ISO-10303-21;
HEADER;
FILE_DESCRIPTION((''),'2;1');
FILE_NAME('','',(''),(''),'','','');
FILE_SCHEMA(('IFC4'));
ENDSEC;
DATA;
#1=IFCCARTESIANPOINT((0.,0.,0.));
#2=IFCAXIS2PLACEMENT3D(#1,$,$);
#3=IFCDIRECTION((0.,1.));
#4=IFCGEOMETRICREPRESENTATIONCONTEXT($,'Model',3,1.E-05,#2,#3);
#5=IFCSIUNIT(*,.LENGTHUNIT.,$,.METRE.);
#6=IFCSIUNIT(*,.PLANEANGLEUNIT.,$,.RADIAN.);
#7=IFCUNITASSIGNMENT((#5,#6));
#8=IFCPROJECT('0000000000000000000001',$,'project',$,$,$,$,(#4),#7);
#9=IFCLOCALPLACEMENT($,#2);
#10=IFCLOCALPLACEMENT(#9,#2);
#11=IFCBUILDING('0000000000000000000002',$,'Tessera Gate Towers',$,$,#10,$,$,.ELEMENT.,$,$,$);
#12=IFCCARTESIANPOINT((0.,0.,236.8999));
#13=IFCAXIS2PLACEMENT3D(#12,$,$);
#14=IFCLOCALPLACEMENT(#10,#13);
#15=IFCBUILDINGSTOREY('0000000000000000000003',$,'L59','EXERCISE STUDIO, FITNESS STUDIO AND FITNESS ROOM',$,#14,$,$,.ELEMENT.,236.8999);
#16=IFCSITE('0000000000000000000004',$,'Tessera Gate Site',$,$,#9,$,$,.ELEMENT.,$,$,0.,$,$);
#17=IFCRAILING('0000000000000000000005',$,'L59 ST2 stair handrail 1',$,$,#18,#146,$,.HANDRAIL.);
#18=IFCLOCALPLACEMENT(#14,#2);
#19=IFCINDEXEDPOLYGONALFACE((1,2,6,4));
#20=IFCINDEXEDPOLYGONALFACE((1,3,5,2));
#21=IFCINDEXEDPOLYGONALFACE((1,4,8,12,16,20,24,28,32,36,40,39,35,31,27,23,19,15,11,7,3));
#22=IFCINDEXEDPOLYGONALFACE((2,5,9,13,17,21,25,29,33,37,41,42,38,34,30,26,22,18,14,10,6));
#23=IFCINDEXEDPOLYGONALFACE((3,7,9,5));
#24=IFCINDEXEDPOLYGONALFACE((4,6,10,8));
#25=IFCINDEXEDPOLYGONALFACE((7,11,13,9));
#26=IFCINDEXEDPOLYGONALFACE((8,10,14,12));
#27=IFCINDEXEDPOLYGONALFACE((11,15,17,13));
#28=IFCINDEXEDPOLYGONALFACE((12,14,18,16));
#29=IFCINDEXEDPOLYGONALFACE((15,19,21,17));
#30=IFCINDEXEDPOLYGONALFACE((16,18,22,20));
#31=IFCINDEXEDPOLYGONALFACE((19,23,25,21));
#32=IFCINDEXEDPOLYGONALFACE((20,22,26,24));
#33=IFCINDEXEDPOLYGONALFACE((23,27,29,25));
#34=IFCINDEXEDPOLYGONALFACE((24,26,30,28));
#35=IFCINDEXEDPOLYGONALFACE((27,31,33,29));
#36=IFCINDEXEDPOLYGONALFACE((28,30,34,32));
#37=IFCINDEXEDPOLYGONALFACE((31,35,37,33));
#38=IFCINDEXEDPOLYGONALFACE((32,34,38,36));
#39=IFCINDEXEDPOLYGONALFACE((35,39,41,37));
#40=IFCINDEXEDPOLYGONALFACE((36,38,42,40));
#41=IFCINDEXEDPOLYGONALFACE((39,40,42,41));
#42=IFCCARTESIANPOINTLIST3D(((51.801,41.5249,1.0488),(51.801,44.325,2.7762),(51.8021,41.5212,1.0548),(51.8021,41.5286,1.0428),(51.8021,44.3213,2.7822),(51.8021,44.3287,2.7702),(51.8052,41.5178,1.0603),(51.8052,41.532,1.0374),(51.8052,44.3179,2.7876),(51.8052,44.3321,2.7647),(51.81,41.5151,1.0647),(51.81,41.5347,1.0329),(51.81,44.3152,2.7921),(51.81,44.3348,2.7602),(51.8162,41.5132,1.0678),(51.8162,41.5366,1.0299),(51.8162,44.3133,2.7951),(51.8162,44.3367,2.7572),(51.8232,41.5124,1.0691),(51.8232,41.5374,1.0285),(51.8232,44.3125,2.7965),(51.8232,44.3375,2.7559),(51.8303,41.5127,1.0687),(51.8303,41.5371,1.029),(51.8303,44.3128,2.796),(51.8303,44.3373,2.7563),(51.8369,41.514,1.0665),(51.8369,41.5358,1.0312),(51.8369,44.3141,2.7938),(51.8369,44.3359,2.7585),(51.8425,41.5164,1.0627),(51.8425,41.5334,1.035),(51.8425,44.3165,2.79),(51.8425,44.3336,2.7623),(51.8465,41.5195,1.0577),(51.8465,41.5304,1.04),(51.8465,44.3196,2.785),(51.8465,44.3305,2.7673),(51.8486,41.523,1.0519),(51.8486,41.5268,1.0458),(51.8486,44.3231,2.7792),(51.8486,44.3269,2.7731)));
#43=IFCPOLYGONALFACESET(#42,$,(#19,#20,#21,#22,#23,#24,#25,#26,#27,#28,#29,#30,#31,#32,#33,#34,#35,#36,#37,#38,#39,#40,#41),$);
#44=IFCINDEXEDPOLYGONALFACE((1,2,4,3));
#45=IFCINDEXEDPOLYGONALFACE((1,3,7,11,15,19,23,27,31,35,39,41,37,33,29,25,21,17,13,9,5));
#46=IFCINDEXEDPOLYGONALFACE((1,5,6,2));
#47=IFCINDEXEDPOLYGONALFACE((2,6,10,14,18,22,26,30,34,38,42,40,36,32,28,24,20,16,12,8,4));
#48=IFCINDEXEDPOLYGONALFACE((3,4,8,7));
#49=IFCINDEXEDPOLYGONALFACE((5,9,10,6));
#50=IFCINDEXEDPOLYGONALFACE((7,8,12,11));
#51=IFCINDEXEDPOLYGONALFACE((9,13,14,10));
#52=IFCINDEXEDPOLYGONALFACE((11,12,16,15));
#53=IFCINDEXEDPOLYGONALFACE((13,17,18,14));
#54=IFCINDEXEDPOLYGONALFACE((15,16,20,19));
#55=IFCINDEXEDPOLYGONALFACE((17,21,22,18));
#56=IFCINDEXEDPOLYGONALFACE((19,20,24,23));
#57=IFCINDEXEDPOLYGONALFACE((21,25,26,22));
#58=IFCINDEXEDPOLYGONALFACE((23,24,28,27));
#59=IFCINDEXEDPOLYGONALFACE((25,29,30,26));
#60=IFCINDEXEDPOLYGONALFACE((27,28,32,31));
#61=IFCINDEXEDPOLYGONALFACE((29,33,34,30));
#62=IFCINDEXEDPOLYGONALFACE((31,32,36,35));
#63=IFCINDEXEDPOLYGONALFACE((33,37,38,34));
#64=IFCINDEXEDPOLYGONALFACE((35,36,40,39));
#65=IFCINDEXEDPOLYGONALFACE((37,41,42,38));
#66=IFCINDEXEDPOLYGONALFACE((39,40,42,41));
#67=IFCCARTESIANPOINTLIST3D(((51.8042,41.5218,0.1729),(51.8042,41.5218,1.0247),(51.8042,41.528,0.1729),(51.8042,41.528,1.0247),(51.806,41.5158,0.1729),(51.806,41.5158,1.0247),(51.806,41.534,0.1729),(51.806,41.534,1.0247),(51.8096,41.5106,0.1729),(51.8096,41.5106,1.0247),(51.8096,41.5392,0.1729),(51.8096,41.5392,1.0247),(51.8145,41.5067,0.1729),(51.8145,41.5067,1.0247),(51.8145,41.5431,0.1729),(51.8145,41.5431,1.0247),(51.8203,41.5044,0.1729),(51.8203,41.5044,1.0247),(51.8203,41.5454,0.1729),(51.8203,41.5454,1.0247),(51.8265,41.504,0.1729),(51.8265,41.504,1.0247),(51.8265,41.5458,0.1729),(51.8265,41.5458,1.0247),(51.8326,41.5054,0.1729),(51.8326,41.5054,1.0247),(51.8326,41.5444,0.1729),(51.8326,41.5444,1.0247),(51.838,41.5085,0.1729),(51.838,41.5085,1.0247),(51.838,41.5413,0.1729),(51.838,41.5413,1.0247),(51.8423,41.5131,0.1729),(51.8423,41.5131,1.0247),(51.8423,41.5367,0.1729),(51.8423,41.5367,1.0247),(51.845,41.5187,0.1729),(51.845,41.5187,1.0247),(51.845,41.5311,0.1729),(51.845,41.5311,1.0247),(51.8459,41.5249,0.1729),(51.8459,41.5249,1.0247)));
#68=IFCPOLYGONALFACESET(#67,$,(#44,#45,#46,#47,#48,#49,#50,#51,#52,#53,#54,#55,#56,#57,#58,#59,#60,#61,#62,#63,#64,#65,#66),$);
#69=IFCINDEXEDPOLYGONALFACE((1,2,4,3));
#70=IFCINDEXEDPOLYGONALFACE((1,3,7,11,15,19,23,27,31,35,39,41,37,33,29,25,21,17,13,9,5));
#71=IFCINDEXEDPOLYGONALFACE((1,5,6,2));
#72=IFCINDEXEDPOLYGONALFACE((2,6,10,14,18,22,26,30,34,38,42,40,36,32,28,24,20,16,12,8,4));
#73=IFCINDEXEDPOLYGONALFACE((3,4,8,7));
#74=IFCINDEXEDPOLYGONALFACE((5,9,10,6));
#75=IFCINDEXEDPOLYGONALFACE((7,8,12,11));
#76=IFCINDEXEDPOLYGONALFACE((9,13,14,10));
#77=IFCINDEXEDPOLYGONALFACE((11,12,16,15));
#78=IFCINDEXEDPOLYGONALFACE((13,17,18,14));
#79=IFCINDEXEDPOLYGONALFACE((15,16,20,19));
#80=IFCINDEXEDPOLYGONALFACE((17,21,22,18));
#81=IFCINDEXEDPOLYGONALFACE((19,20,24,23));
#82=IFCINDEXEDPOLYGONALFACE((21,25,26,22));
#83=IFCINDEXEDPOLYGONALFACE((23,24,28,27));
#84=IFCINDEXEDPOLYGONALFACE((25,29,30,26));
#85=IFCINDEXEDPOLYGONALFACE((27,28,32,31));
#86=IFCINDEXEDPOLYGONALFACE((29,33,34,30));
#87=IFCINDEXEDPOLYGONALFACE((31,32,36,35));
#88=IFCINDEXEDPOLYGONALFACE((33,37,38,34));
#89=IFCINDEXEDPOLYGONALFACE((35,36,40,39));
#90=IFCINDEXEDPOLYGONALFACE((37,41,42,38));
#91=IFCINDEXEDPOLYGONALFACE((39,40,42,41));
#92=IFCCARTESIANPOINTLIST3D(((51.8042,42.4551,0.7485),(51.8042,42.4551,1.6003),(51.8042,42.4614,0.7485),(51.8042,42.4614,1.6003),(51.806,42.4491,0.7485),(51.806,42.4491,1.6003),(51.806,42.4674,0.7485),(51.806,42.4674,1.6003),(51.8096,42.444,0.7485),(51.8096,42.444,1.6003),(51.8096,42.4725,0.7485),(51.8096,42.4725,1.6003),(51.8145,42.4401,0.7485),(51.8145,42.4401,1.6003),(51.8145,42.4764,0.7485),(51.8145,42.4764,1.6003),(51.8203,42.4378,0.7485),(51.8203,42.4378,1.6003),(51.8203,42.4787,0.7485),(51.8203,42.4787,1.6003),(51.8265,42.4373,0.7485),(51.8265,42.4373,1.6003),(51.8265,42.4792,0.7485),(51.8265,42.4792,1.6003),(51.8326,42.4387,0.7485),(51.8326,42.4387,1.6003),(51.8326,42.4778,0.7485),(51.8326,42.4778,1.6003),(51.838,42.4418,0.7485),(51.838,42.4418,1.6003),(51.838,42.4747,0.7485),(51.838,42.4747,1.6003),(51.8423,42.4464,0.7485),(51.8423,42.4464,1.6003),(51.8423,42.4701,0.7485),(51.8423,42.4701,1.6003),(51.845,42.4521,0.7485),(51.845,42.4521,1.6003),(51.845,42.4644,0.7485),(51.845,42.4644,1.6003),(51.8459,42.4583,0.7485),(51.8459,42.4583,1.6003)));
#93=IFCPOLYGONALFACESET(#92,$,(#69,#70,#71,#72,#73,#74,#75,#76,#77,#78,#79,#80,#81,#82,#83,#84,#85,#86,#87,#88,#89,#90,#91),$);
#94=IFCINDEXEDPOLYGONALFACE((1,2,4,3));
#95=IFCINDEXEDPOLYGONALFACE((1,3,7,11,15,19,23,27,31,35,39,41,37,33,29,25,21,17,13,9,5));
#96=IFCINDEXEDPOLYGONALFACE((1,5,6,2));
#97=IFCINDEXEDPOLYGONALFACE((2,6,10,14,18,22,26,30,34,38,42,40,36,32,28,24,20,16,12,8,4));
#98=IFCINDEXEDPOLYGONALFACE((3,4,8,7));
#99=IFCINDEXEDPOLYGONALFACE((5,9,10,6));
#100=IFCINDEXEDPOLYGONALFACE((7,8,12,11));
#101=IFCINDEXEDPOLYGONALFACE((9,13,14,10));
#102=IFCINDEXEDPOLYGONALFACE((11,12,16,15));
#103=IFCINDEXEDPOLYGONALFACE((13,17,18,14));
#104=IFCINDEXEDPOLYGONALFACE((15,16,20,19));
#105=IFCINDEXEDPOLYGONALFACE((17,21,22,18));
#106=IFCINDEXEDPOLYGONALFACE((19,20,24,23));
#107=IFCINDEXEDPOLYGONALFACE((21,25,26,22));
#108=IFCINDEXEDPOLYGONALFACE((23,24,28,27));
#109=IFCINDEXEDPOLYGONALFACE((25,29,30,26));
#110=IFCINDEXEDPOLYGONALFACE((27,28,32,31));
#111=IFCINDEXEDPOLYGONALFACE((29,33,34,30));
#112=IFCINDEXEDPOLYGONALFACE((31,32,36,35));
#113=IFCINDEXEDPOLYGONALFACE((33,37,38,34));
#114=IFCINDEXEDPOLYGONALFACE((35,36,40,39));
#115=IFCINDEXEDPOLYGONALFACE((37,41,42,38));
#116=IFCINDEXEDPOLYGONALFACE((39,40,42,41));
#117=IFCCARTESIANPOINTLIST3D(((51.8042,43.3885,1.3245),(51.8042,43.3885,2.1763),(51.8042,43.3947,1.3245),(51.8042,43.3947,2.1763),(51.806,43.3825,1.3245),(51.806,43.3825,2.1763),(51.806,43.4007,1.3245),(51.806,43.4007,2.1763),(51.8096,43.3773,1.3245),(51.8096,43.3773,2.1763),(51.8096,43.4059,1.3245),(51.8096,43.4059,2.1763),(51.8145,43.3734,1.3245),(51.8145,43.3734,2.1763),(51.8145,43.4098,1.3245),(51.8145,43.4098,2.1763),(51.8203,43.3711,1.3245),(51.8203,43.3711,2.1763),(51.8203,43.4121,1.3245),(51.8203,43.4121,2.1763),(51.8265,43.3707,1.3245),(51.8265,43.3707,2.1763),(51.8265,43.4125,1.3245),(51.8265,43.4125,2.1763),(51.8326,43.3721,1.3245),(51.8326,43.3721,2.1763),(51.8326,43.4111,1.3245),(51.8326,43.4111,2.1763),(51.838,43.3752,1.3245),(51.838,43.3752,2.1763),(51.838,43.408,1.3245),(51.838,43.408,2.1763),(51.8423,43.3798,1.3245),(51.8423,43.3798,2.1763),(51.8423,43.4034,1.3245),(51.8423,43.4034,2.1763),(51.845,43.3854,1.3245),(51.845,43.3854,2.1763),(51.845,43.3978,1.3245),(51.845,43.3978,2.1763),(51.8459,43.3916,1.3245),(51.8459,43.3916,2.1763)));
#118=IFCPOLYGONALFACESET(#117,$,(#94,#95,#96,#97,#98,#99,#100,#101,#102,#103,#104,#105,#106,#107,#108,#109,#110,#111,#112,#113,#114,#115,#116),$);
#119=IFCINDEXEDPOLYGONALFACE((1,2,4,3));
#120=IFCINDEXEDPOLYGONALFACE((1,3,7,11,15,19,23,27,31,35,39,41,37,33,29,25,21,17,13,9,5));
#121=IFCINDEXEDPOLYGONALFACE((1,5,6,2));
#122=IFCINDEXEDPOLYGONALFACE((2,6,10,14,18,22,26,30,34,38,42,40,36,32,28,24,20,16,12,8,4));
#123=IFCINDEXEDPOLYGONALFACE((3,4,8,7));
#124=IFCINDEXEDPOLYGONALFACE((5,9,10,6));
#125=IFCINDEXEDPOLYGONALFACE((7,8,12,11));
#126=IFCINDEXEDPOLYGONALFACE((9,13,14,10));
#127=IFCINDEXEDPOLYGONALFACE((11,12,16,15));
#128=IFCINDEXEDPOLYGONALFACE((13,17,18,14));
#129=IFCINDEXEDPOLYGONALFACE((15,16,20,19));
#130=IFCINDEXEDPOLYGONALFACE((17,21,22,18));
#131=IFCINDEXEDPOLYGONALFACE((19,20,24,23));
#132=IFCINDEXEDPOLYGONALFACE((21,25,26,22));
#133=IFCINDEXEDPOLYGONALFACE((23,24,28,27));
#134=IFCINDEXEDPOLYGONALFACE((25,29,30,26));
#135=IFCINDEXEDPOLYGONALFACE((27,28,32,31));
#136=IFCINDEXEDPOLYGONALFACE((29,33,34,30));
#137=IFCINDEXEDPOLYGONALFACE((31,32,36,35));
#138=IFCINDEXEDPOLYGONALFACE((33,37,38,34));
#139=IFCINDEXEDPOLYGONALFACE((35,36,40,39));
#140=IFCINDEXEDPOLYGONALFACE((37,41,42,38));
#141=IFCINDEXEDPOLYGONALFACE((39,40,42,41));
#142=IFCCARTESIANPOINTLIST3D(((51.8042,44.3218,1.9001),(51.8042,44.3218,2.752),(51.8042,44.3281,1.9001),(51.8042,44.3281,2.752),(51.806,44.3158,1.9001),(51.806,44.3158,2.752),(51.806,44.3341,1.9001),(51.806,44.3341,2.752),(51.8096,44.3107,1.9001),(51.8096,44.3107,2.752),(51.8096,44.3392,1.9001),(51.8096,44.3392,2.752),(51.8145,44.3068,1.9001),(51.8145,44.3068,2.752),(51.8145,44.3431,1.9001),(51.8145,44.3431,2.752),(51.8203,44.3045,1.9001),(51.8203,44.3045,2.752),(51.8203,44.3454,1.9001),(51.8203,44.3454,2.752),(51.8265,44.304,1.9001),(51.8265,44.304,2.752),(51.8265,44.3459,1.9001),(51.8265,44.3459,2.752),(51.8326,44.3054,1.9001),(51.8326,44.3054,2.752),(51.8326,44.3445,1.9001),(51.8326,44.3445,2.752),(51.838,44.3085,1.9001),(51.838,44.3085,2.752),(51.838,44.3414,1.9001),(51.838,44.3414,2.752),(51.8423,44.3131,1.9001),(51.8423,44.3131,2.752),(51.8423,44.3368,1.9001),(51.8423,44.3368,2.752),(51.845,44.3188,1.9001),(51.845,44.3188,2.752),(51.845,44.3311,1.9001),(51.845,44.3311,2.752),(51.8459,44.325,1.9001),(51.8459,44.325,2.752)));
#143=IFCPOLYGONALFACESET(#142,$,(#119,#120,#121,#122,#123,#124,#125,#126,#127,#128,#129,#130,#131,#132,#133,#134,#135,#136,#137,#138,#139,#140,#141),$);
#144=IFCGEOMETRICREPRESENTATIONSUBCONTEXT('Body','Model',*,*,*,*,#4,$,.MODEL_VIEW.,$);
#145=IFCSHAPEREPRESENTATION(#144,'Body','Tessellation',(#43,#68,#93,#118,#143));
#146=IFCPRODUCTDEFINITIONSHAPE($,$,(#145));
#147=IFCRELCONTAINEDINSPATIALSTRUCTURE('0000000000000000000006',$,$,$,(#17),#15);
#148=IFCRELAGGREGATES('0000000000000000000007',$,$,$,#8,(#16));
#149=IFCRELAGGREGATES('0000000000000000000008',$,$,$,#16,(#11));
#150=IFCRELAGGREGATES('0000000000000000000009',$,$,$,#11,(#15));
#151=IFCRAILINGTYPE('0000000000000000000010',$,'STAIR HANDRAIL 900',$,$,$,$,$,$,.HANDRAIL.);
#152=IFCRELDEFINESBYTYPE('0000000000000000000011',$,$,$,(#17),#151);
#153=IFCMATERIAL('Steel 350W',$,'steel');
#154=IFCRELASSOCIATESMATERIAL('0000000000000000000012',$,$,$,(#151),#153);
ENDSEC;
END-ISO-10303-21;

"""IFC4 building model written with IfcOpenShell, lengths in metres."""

from ifc_helpers import new_model, si_unit, direction, frame, origin, origin_2d, place, context, subcontext, project, spatial, circle, extrude, material, type_object, element, save


model = new_model("IFC4")

# Units and contexts
model_context = context("Model", 3, precision=1e-05, world=origin(), true_north=direction((0.0, 1.0)))
body_context = subcontext(model_context, "Body", "Model", "MODEL_VIEW")
ifc_project = project(units=[si_unit("LENGTHUNIT", "METRE"), si_unit("PLANEANGLEUNIT", "RADIAN")], contexts=[model_context])

# Site, building, storey
site_placement = place(None, origin())
site = spatial("IfcSite", under=ifc_project, at=site_placement, Name="Tessera Gate Site", CompositionType="ELEMENT", RefElevation=0.0)
building_placement = place(site_placement, origin())
building = spatial("IfcBuilding", under=site, at=building_placement, Name="Tessera Gate Towers", CompositionType="ELEMENT")
storey_placement = place(building_placement, frame((0.0, 0.0, 236.8999)))
storey = spatial("IfcBuildingStorey", under=building, at=storey_placement, Name="L59", Description="EXERCISE STUDIO, FITNESS STUDIO AND FITNESS ROOM", CompositionType="ELEMENT", Elevation=236.8999)

# Railing
ifc_material_1 = material(Name="Steel 350W", Category="steel")
railing_type_1 = type_object("IfcRailingType", Name="STAIR HANDRAIL 900", PredefinedType="HANDRAIL", material=ifc_material_1)
railing_1_placement = place(storey_placement, frame((51.825, 41.5249, 0.1729)))
element("IfcRailing", 1, at=railing_1_placement, inside=storey, type_object=railing_type_1, Name="L59 ST2 stair handrail 1", PredefinedType="HANDRAIL", context=body_context, shape_type="SweptSolid", body=[
    extrude(circle(Radius=0.0239, at=origin_2d()), frame((0.0, 0.0, 0.876), z_axis=(0.0, 0.85109, 0.52502), x_axis=(-1.0, 0.0, 0.0)), (0.0, 0.0, 1.0), 3.29),
    extrude(circle(Radius=0.021, at=origin_2d()), origin(), (0.0, 0.0, 1.0), 0.8518),
    extrude(circle(Radius=0.021, at=origin_2d()), frame((0.0, 0.9333, 0.5757)), (0.0, 0.0, 1.0), 0.8518),
    extrude(circle(Radius=0.021, at=origin_2d()), frame((0.0, 1.8667, 1.1516)), (0.0, 0.0, 1.0), 0.8518),
    extrude(circle(Radius=0.021, at=origin_2d()), frame((0.0, 2.8, 1.7273)), (0.0, 0.0, 1.0), 0.8518),
])

save(model, "model.ifc")
